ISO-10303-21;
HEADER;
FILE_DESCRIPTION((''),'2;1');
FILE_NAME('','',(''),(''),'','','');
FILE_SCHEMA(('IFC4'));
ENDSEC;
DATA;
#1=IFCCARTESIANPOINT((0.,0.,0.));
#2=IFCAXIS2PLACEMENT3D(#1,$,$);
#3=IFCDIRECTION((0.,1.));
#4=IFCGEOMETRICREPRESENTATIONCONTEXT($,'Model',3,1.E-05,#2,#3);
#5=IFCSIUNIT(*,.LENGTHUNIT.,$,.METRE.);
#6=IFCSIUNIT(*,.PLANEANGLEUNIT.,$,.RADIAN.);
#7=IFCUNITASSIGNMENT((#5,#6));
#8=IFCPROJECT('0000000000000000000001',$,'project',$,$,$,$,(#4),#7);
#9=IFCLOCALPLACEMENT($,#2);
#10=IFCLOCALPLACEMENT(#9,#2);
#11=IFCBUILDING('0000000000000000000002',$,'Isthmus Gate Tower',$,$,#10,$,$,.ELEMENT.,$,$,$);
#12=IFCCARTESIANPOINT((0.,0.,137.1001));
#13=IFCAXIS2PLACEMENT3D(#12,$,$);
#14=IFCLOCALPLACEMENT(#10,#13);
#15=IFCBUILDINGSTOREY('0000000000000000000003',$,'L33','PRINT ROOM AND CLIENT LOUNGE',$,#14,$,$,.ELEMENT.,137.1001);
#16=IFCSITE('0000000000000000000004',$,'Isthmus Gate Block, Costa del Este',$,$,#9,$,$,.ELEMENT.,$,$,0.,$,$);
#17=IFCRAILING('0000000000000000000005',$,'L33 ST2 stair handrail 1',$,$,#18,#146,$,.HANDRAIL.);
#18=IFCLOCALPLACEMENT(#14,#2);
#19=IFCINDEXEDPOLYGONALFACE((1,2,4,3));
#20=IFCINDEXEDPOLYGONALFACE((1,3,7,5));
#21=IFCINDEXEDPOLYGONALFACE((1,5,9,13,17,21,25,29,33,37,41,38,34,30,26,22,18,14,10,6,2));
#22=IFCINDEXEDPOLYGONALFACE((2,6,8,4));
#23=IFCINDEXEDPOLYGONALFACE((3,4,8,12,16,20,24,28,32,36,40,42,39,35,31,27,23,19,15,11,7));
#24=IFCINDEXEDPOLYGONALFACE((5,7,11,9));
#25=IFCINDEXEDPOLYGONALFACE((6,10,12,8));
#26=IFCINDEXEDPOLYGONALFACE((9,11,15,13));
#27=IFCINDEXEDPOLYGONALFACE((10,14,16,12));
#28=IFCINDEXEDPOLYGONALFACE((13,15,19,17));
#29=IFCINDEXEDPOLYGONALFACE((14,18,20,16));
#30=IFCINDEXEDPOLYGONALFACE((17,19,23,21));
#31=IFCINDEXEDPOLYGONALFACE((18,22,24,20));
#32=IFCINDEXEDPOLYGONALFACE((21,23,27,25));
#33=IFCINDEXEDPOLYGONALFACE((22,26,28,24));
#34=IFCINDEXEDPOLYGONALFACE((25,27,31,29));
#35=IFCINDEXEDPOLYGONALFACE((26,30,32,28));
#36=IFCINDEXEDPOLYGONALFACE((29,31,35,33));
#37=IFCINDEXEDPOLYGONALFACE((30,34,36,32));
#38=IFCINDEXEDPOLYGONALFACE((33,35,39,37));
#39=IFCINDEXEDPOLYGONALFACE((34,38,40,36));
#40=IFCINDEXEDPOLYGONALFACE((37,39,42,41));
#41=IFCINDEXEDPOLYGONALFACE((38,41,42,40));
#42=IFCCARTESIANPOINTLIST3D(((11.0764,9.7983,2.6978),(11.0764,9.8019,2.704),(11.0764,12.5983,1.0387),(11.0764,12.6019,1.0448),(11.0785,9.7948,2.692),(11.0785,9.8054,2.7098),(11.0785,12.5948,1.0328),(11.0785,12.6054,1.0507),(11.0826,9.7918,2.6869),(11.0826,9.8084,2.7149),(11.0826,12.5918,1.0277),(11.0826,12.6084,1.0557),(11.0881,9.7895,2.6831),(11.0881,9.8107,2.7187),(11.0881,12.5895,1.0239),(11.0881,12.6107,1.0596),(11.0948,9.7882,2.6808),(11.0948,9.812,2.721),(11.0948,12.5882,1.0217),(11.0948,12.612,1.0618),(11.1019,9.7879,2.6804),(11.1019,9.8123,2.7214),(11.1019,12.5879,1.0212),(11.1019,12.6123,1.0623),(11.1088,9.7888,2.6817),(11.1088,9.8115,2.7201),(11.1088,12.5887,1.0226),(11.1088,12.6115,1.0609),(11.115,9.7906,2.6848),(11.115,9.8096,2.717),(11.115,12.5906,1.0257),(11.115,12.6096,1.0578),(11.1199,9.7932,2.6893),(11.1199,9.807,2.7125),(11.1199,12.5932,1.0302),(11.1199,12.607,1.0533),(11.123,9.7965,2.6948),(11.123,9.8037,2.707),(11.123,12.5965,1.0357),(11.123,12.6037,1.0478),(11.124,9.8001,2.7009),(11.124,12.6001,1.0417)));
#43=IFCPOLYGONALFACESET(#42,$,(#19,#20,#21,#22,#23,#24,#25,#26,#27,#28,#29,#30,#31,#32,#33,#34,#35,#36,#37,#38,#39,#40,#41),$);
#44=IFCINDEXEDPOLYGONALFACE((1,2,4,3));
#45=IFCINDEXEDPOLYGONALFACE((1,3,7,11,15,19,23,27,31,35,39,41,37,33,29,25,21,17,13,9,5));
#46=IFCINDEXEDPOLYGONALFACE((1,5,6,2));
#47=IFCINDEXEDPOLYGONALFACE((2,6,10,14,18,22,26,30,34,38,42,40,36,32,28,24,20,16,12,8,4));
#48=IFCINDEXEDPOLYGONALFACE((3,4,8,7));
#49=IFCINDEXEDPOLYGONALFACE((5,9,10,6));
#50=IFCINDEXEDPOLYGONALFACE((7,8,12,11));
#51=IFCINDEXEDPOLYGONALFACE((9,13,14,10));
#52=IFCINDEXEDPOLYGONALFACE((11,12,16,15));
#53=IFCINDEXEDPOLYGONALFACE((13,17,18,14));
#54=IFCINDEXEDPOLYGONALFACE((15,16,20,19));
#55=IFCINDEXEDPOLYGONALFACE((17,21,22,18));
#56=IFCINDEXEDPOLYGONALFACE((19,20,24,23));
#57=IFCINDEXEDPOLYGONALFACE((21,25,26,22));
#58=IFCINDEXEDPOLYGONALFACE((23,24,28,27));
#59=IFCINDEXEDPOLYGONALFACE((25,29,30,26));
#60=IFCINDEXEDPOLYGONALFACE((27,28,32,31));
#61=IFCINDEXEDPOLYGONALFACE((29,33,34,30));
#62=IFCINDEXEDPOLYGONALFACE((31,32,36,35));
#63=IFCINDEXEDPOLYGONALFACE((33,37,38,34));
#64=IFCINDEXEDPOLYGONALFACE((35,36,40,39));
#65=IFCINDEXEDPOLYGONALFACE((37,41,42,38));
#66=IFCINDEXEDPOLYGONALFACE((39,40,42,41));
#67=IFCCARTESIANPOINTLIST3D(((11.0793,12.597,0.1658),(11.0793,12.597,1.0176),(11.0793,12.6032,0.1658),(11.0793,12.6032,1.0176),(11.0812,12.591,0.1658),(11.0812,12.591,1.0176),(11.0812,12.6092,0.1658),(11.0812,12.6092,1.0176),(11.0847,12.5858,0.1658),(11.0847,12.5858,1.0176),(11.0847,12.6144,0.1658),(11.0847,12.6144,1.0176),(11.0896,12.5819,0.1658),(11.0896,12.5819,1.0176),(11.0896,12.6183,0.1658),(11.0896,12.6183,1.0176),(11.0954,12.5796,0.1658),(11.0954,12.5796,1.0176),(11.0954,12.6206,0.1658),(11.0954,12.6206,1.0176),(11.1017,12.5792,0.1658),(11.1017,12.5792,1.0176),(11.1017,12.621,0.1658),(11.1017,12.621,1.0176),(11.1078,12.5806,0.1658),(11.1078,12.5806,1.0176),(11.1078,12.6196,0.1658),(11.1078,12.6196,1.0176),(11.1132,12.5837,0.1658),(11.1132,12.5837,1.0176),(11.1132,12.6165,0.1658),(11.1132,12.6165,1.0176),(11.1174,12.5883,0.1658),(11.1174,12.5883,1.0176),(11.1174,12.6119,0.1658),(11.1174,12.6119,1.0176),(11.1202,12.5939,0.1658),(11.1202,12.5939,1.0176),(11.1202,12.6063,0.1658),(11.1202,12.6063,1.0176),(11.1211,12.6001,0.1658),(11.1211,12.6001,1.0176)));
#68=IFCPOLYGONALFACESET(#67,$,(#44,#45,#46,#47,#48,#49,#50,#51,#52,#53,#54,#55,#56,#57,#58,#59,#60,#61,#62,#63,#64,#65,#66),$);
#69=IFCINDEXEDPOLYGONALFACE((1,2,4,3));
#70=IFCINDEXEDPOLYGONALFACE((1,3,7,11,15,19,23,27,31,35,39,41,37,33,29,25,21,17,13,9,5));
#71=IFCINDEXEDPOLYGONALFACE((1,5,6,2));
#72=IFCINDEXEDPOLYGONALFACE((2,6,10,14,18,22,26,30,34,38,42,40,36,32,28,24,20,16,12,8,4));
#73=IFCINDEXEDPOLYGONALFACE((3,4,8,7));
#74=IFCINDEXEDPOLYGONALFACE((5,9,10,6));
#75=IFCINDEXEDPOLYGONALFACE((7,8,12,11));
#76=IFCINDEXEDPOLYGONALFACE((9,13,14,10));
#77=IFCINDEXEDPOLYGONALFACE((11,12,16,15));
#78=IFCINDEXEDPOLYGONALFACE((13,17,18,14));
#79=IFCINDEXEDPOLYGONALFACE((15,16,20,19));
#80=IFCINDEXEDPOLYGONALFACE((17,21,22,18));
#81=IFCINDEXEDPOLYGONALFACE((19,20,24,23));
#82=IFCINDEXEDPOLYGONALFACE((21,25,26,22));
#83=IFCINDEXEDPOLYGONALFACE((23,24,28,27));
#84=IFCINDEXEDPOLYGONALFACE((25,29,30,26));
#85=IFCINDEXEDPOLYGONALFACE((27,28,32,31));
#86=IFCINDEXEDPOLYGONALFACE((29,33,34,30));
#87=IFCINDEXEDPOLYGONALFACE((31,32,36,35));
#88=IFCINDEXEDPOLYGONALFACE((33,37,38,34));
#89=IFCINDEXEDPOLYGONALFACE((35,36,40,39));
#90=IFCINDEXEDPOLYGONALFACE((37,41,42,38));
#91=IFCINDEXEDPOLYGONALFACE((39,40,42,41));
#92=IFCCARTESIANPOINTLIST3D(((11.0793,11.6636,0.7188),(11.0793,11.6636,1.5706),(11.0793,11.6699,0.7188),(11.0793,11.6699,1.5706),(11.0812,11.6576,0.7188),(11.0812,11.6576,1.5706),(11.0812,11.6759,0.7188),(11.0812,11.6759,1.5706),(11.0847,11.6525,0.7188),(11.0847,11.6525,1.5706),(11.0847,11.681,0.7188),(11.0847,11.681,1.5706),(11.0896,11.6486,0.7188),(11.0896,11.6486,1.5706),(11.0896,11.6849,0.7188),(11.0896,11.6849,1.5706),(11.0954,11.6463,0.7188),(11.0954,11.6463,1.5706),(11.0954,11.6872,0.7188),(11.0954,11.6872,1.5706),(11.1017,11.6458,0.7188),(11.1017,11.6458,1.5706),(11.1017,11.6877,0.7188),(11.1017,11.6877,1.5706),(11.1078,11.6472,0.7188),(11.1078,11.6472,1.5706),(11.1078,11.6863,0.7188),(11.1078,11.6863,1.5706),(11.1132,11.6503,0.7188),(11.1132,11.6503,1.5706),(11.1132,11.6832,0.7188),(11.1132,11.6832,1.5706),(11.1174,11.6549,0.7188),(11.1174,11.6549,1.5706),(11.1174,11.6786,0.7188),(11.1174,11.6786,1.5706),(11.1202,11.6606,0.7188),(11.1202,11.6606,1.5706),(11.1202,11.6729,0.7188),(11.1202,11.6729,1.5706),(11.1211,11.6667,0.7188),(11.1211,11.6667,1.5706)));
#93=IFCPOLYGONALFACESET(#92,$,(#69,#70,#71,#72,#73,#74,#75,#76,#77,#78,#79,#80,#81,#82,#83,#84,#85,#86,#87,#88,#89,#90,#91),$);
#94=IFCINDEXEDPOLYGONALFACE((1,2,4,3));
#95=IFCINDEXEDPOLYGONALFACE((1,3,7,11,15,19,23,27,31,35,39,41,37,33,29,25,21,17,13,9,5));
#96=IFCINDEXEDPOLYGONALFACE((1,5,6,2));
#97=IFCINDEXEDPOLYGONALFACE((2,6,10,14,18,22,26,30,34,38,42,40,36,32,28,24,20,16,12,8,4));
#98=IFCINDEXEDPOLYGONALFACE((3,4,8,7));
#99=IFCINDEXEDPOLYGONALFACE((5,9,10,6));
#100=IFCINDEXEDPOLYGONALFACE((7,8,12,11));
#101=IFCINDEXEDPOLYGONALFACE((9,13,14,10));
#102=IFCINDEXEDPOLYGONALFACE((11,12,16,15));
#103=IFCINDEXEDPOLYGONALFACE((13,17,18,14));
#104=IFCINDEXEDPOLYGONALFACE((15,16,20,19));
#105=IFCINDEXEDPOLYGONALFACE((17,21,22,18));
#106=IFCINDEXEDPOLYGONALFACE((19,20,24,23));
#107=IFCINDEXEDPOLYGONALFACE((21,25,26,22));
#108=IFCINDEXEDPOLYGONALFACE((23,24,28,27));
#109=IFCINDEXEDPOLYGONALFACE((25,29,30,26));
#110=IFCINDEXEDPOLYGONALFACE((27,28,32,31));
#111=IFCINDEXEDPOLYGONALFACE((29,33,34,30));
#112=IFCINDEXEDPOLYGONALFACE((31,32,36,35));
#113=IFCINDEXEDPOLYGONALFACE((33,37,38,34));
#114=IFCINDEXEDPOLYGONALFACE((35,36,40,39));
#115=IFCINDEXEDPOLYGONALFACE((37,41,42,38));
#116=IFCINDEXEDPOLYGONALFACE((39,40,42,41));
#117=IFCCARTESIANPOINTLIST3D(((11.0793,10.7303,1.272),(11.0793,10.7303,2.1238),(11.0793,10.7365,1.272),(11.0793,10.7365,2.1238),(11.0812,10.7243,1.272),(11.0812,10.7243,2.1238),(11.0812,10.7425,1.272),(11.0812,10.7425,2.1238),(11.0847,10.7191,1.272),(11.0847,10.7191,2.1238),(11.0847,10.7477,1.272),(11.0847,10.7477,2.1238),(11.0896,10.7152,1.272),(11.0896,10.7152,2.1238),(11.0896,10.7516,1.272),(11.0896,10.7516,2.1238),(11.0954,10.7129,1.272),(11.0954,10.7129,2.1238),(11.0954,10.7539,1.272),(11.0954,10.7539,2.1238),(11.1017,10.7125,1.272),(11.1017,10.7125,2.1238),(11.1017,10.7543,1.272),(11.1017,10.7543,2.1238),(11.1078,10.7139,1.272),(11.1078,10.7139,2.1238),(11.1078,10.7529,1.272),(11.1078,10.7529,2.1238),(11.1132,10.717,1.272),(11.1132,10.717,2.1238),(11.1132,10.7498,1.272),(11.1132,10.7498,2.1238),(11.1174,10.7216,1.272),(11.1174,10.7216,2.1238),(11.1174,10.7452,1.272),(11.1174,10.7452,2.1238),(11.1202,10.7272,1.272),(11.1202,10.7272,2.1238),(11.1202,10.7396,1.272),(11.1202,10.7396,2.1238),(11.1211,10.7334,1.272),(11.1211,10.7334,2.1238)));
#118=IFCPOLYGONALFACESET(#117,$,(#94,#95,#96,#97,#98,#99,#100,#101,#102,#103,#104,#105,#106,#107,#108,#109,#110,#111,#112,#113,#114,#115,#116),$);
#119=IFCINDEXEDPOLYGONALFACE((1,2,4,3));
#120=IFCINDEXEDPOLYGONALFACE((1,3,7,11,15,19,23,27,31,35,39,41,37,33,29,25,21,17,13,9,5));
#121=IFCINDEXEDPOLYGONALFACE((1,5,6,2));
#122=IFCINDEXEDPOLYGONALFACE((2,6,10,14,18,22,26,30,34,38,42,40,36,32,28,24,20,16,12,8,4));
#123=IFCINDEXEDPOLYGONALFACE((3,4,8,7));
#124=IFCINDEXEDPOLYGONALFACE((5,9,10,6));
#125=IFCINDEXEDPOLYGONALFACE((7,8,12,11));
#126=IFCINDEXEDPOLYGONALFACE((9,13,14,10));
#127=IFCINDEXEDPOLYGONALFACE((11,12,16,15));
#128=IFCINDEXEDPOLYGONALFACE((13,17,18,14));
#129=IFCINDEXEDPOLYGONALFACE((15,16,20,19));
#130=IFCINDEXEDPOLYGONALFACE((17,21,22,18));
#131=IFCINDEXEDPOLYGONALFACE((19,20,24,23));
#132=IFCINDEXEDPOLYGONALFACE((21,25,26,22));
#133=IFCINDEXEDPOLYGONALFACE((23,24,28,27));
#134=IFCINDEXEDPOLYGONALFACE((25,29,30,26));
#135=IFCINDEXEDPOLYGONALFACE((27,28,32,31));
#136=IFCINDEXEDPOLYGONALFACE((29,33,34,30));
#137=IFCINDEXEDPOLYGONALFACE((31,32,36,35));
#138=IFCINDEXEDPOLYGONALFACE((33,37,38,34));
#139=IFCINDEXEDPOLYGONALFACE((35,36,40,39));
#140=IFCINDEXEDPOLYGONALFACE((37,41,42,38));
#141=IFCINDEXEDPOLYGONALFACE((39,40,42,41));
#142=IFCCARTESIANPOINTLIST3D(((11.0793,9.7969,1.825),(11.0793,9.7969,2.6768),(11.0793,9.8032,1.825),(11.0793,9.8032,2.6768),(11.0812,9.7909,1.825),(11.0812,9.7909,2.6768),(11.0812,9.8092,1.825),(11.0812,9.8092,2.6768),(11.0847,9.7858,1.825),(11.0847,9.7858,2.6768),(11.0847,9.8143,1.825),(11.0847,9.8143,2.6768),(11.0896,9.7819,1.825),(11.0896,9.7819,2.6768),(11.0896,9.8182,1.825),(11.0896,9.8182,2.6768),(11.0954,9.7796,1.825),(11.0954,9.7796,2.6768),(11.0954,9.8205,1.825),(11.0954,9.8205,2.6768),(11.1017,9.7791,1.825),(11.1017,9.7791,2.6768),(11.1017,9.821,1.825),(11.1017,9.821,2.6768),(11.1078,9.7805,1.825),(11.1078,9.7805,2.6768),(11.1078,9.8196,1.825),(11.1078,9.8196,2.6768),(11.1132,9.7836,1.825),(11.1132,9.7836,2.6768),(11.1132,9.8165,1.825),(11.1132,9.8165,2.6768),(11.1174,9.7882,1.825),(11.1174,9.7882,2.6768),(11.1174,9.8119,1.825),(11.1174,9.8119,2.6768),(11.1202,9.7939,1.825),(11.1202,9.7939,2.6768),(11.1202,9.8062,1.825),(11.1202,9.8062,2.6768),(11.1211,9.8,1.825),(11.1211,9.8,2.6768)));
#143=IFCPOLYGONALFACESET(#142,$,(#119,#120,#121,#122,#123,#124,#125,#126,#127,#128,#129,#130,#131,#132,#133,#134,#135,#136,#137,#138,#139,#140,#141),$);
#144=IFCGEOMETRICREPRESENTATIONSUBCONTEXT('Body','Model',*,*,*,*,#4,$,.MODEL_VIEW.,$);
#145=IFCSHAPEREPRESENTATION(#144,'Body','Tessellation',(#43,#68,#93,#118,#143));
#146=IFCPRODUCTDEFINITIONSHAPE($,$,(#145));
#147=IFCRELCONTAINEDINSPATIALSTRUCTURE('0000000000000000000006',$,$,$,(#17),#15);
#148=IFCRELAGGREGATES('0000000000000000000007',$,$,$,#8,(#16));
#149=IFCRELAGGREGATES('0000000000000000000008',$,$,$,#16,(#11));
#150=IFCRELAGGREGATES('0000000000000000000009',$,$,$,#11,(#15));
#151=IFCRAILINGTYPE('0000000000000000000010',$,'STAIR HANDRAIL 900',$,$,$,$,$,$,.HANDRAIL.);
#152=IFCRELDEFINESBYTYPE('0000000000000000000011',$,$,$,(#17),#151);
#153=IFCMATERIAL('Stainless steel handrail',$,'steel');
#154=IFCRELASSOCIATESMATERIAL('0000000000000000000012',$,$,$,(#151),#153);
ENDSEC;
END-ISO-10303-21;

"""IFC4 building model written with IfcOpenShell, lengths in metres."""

from ifc_helpers import new_model, si_unit, direction, frame, origin, origin_2d, place, context, subcontext, project, spatial, circle, extrude, material, type_object, element, save


model = new_model("IFC4")

# Units and contexts
model_context = context("Model", 3, precision=1e-05, world=origin(), true_north=direction((0.0, 1.0)))
body_context = subcontext(model_context, "Body", "Model", "MODEL_VIEW")
ifc_project = project(units=[si_unit("LENGTHUNIT", "METRE"), si_unit("PLANEANGLEUNIT", "RADIAN")], contexts=[model_context])

# Site, building, storey
site_placement = place(None, origin())
site = spatial("IfcSite", under=ifc_project, at=site_placement, Name="Isthmus Gate Block, Costa del Este", CompositionType="ELEMENT", RefElevation=0.0)
building_placement = place(site_placement, origin())
building = spatial("IfcBuilding", under=site, at=building_placement, Name="Isthmus Gate Tower", CompositionType="ELEMENT")
storey_placement = place(building_placement, frame((0.0, 0.0, 137.1001)))
storey = spatial("IfcBuildingStorey", under=building, at=storey_placement, Name="L33", Description="PRINT ROOM AND CLIENT LOUNGE", CompositionType="ELEMENT", Elevation=137.1001)

# Railing
ifc_material_1 = material(Name="Stainless steel handrail", Category="steel")
railing_type_1 = type_object("IfcRailingType", Name="STAIR HANDRAIL 900", PredefinedType="HANDRAIL", material=ifc_material_1)
for number, where, name in (
    (1, (11.1001, 12.6001, 0.1658), "L33 ST2 stair handrail 1"),
):
    element("IfcRailing", number, at=place(storey_placement, frame(where)), inside=storey, type_object=railing_type_1, Name=name, PredefinedType="HANDRAIL", context=body_context, shape_type="SweptSolid", body=[
        extrude(circle(Radius=0.0239, at=origin_2d()), frame((0.0, 0.0, 0.876), z_axis=(0.0, -0.860306, 0.509778), x_axis=(1.0, 0.0, 0.0)), (0.0, 0.0, 1.0), 3.2546),
        extrude(circle(Radius=0.021, at=origin_2d()), origin(), (0.0, 0.0, 1.0), 0.8518),
        extrude(circle(Radius=0.021, at=origin_2d()), frame((0.0, -0.9333, 0.553)), (0.0, 0.0, 1.0), 0.8518),
        extrude(circle(Radius=0.021, at=origin_2d()), frame((0.0, -1.8667, 1.1062)), (0.0, 0.0, 1.0), 0.8518),
        extrude(circle(Radius=0.021, at=origin_2d()), frame((0.0, -2.8, 1.6592)), (0.0, 0.0, 1.0), 0.8518),
    ])

save(model, "model.ifc")
